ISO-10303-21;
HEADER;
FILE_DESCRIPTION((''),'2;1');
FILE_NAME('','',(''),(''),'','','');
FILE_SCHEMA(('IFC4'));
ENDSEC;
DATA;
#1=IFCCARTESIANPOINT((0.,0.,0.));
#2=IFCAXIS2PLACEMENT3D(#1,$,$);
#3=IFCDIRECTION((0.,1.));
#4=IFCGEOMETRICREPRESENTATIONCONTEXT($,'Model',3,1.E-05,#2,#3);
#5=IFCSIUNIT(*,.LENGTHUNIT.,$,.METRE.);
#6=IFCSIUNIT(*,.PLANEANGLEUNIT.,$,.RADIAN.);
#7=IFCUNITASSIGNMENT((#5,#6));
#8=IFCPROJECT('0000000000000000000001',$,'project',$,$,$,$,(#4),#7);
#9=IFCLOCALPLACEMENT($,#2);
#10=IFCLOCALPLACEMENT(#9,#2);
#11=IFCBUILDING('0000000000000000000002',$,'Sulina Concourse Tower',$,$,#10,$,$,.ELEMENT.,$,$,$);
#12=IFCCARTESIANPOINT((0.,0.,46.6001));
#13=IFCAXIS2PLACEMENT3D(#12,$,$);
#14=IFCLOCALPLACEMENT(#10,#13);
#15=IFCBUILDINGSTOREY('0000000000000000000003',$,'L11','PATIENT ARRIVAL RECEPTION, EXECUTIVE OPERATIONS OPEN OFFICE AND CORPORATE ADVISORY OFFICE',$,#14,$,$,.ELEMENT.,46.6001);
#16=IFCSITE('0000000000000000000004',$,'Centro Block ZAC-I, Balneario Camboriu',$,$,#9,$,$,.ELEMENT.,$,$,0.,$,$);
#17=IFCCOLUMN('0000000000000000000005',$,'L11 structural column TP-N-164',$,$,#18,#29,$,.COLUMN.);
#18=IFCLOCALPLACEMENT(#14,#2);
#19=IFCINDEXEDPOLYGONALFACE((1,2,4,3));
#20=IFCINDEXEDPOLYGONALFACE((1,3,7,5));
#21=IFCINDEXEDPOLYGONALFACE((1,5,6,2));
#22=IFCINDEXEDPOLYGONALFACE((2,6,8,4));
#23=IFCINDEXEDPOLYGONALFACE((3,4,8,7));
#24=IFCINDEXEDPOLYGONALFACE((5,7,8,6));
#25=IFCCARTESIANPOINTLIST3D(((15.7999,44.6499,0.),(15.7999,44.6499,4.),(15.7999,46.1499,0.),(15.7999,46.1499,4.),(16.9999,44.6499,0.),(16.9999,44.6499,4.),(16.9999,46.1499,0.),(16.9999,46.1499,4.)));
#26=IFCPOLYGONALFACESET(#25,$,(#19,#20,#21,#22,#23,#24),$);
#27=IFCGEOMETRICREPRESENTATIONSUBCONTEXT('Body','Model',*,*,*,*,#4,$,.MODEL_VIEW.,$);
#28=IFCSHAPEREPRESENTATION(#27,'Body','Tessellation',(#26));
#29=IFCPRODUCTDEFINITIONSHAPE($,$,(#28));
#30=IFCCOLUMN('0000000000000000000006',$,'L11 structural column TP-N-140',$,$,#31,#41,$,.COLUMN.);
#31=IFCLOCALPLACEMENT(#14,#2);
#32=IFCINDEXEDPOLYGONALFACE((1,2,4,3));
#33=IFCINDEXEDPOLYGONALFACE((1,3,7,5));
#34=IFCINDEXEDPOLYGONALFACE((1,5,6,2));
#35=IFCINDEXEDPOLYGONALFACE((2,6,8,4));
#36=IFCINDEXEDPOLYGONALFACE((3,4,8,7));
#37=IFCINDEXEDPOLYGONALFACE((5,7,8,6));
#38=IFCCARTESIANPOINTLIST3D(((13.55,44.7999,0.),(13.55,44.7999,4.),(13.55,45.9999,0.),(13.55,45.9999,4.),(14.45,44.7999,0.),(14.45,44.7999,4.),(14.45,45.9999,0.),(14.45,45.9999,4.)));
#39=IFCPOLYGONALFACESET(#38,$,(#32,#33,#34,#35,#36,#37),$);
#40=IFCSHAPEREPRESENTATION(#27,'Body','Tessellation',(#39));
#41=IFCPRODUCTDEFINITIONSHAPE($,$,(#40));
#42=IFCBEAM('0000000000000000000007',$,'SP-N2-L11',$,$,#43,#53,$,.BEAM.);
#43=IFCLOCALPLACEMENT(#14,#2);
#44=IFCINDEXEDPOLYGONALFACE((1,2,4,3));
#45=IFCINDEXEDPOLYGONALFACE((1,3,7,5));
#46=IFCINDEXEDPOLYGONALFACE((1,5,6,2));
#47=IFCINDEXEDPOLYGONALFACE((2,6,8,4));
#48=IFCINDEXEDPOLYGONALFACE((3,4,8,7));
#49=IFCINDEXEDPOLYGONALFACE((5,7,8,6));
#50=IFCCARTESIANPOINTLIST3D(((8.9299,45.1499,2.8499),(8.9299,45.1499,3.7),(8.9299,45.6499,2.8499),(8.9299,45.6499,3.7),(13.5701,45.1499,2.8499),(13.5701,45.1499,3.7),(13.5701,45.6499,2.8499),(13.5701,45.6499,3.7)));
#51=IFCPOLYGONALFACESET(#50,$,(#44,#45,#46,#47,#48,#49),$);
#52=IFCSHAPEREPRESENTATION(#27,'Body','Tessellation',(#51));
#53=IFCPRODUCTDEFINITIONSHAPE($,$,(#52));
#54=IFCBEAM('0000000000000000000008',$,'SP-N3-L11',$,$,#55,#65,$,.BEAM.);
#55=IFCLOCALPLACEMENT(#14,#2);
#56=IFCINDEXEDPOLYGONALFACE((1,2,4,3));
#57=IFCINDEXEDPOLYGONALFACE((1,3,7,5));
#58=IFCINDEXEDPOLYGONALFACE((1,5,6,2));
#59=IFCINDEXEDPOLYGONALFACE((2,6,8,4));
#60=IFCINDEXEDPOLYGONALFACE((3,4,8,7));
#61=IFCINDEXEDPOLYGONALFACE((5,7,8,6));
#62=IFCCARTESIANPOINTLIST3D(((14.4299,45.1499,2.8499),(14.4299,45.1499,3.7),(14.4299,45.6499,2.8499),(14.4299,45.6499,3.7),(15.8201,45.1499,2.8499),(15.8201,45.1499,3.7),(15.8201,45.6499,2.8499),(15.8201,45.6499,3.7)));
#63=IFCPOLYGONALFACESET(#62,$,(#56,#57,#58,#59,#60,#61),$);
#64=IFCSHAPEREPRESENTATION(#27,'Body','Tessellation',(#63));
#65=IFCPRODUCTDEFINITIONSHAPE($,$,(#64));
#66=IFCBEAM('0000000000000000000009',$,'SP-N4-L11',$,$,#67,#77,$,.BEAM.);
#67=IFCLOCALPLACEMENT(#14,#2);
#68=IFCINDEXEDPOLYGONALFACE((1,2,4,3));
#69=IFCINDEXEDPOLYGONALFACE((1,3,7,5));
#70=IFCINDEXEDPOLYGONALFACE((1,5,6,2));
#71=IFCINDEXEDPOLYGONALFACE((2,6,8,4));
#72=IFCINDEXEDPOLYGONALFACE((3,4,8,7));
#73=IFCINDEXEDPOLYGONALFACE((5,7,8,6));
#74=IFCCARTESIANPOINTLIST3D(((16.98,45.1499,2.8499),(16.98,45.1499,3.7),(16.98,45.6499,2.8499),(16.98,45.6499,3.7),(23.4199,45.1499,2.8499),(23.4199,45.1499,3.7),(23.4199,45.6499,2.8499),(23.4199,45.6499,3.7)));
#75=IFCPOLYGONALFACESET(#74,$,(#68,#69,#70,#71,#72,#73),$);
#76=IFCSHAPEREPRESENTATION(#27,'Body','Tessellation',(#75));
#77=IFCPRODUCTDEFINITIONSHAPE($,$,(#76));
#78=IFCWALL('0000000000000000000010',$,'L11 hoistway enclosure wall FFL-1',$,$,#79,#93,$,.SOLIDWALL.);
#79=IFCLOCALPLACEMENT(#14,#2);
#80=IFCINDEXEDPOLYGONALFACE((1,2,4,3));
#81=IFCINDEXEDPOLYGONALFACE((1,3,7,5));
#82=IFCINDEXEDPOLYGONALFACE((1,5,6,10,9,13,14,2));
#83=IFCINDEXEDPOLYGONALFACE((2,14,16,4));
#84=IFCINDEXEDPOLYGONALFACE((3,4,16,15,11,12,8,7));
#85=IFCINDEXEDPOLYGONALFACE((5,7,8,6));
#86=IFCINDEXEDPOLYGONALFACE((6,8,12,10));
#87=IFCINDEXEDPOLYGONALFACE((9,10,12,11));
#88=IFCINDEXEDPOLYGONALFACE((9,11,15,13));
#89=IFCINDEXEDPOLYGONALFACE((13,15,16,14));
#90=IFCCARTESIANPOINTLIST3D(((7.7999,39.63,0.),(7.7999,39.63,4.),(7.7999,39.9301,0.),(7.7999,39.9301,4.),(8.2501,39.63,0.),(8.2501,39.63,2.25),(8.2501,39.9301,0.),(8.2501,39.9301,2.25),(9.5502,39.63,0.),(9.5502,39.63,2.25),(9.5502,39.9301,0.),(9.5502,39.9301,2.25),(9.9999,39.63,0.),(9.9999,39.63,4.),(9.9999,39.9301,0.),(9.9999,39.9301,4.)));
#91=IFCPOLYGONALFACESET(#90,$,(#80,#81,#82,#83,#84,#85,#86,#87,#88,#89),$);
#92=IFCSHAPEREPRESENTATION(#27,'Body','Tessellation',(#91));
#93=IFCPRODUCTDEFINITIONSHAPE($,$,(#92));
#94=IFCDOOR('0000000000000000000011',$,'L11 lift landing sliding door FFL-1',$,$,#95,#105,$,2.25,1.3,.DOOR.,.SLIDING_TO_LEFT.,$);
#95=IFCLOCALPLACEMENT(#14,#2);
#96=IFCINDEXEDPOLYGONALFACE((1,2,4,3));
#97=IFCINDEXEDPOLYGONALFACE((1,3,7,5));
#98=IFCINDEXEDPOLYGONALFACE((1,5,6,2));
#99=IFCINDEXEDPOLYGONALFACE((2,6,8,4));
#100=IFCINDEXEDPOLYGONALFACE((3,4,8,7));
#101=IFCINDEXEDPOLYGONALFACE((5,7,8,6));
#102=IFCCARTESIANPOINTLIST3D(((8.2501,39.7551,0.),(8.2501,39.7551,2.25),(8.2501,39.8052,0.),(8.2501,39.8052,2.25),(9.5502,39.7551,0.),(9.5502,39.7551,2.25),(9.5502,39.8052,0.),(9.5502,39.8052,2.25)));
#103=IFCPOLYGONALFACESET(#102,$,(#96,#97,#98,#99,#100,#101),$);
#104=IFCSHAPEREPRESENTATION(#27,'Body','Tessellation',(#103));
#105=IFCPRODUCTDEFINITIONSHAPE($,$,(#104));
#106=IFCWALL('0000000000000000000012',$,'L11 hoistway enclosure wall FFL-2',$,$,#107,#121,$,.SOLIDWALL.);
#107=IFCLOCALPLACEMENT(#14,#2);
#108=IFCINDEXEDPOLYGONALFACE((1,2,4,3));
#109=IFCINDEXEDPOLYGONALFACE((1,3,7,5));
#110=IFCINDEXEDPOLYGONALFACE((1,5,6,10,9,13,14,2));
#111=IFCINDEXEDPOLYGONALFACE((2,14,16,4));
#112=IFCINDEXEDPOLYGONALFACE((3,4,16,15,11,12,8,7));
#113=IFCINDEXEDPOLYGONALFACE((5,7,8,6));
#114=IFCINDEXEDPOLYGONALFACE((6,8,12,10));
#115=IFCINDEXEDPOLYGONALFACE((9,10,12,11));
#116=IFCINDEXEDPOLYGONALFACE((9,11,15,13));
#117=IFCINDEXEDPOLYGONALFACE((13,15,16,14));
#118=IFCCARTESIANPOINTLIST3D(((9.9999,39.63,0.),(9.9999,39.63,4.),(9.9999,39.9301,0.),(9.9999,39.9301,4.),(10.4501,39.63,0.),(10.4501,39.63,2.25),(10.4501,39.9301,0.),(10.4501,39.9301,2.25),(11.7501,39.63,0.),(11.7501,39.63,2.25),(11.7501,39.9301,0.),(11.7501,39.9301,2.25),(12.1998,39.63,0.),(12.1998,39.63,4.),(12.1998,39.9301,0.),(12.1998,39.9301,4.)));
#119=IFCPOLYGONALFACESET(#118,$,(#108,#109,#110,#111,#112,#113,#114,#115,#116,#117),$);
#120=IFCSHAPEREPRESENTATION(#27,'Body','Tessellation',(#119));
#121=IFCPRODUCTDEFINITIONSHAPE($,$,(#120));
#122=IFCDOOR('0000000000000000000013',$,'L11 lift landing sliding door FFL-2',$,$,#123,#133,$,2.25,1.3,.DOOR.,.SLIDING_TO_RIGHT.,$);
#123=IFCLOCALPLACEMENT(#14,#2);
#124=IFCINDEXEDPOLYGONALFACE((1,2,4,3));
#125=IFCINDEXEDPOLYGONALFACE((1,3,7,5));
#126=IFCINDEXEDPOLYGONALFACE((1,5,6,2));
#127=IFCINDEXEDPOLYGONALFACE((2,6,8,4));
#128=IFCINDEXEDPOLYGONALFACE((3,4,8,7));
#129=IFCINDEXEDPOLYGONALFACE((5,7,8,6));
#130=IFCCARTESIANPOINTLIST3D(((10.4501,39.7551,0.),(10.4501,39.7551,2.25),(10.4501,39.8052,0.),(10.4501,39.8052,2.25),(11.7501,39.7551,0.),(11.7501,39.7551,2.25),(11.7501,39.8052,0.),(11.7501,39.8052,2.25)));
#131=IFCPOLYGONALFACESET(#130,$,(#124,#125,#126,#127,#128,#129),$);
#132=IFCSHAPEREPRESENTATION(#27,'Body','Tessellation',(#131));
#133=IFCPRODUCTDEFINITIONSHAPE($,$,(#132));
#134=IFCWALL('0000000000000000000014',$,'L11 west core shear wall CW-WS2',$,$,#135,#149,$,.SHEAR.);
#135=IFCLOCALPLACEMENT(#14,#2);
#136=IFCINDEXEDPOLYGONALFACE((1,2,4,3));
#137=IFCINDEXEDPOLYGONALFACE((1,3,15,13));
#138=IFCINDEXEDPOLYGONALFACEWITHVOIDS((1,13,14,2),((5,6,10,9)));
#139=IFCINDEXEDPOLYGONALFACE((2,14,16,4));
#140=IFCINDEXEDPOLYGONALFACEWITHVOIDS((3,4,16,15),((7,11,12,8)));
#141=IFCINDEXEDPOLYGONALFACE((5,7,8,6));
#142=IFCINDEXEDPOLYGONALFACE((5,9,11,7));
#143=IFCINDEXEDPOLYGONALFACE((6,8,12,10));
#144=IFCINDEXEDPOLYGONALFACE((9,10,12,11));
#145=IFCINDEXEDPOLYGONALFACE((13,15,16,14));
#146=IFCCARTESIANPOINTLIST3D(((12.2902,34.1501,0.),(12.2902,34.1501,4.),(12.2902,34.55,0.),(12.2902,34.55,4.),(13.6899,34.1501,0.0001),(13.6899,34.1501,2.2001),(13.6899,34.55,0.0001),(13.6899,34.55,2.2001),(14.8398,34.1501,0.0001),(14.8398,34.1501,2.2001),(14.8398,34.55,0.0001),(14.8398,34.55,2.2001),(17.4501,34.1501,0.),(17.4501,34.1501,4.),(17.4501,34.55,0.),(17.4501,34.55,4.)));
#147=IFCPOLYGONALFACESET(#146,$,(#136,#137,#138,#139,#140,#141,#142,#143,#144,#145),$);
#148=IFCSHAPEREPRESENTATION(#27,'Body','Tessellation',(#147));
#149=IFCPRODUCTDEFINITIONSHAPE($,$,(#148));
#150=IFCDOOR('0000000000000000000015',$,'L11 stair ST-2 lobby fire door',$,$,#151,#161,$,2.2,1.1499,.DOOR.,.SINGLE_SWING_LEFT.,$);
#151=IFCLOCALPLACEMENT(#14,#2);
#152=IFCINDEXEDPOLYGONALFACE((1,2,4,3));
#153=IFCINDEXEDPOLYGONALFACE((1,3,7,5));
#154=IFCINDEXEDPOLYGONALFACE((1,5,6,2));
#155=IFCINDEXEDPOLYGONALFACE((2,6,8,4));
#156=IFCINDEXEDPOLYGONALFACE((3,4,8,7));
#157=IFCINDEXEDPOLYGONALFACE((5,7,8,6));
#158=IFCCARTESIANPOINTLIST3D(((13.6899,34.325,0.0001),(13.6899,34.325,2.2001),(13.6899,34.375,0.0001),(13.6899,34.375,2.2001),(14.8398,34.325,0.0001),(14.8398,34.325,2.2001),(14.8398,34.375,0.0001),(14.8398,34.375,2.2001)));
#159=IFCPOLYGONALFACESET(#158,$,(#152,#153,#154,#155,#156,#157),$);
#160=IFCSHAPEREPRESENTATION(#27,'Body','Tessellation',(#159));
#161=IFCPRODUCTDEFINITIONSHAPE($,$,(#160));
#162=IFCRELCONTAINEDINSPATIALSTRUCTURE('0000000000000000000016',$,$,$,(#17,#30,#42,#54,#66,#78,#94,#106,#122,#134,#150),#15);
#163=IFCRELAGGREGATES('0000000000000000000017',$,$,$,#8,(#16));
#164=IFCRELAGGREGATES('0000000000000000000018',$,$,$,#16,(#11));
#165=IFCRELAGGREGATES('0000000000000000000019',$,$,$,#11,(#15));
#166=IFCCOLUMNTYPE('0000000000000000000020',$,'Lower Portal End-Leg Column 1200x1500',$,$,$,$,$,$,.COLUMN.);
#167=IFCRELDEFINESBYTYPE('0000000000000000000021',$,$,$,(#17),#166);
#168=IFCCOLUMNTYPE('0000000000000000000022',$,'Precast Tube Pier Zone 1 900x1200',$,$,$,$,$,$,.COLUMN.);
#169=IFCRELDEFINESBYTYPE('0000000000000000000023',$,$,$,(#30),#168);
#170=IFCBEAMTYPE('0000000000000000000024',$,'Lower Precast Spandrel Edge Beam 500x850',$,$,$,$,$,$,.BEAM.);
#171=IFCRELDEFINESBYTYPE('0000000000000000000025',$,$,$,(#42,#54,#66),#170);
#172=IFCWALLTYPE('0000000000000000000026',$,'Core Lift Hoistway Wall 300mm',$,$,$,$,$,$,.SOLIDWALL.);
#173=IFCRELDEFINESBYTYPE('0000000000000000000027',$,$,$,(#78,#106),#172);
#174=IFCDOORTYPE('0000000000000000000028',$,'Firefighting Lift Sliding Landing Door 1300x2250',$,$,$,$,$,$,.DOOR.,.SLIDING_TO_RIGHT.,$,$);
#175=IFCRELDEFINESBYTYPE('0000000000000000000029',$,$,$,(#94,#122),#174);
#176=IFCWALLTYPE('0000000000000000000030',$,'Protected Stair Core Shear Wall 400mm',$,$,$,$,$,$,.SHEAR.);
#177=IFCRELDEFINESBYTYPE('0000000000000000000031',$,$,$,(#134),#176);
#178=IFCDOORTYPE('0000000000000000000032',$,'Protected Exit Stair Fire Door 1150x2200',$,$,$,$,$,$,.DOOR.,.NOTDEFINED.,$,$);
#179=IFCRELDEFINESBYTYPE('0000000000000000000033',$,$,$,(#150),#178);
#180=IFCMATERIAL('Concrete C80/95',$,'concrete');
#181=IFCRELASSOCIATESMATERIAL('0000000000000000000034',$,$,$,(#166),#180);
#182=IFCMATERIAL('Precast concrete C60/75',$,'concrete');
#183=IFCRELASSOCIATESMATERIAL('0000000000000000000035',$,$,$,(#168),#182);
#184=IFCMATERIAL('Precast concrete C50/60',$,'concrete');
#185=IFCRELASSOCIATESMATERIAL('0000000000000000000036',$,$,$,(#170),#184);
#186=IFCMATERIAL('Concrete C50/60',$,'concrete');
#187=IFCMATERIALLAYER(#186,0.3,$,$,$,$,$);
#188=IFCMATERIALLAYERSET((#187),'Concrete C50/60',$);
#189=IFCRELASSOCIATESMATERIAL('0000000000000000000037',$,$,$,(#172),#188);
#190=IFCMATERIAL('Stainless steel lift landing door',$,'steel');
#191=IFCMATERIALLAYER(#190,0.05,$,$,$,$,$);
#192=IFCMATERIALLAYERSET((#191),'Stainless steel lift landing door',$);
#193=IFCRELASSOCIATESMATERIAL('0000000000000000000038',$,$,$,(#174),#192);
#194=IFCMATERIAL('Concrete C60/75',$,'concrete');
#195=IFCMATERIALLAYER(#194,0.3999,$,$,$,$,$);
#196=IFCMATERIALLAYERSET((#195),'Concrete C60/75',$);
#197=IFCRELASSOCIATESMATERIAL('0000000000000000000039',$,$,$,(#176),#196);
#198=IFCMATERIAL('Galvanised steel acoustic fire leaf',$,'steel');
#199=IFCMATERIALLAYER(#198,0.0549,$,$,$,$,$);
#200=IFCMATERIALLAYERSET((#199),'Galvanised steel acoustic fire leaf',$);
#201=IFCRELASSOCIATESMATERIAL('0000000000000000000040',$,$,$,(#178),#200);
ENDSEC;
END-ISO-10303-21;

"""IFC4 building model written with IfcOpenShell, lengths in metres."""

from ifc_helpers import new_model, si_unit, direction, frame, frame_2d, origin, origin_2d, place, context, subcontext, project, spatial, rectangle, extrude, material, layer, layer_set, material_profile, profile_set, type_object, element, fill, save


model = new_model("IFC4")

# Units and contexts
model_context = context("Model", 3, precision=1e-05, world=origin(), true_north=direction((0.0, 1.0)))
body_context = subcontext(model_context, "Body", "Model", "MODEL_VIEW")
ifc_project = project(units=[si_unit("LENGTHUNIT", "METRE"), si_unit("PLANEANGLEUNIT", "RADIAN")], contexts=[model_context])

# Site, building, storey
site_placement = place(None, origin())
site = spatial("IfcSite", under=ifc_project, at=site_placement, Name="Centro Block ZAC-I, Balneario Camboriu", CompositionType="ELEMENT", RefElevation=0.0)
building_placement = place(site_placement, origin())
building = spatial("IfcBuilding", under=site, at=building_placement, Name="Sulina Concourse Tower", CompositionType="ELEMENT")
storey_placement = place(building_placement, frame((0.0, 0.0, 46.6001)))
storey = spatial("IfcBuildingStorey", under=building, at=storey_placement, Name="L11", Description="PATIENT ARRIVAL RECEPTION, EXECUTIVE OPERATIONS OPEN OFFICE AND CORPORATE ADVISORY OFFICE", CompositionType="ELEMENT", Elevation=46.6001)

# Columns
ifc_material_1 = material(Name="Concrete C80/95", Category="concrete")
ifc_material_profile_1 = material_profile(ifc_material_1, rectangle(XDim=1.2, YDim=1.5, at=origin_2d()), Name="RC 1200x1500")
ifc_profile_set_1 = profile_set([ifc_material_profile_1], Name="Concrete C80/95")
column_type_1 = type_object("IfcColumnType", Name="Lower Portal End-Leg Column 1200x1500", PredefinedType="COLUMN", material=ifc_profile_set_1)
column_1_placement = place(storey_placement, frame((16.3999, 45.3999, 0.0), z_axis=(0.0, 0.0, 1.0), x_axis=(1.0, 0.0, 0.0)))
element("IfcColumn", 1, at=column_1_placement, inside=storey, type_object=column_type_1, Name="L11 structural column TP-N-164", PredefinedType="COLUMN", context=body_context, shape_type="SweptSolid", body=[
    extrude(rectangle(XDim=1.2, YDim=1.5, at=origin_2d()), origin(), (0.0, 0.0, 1.0), 4.0),
])
ifc_material_2 = material(Name="Precast concrete C60/75", Category="concrete")
ifc_material_profile_2 = material_profile(ifc_material_2, rectangle(XDim=0.8999, YDim=1.2, at=origin_2d()), Name="PC 900x1200")
ifc_profile_set_2 = profile_set([ifc_material_profile_2], Name="Precast concrete C60/75")
column_type_2 = type_object("IfcColumnType", Name="Precast Tube Pier Zone 1 900x1200", PredefinedType="COLUMN", material=ifc_profile_set_2)
column_2_placement = place(storey_placement, frame((14.0, 45.3999, 0.0), z_axis=(0.0, 0.0, 1.0), x_axis=(1.0, 0.0, 0.0)))
element("IfcColumn", 2, at=column_2_placement, inside=storey, type_object=column_type_2, Name="L11 structural column TP-N-140", PredefinedType="COLUMN", context=body_context, shape_type="SweptSolid", body=[
    extrude(rectangle(XDim=0.8999, YDim=1.2, at=origin_2d()), origin(), (0.0, 0.0, 1.0), 4.0),
])

# Beams
ifc_material_3 = material(Name="Precast concrete C50/60", Category="concrete")
ifc_material_profile_3 = material_profile(ifc_material_3, rectangle(XDim=0.5, YDim=0.8501, at=origin_2d()), Name="RC 500x850")
ifc_profile_set_3 = profile_set([ifc_material_profile_3], Name="Precast concrete C50/60")
beam_type = type_object("IfcBeamType", Name="Lower Precast Spandrel Edge Beam 500x850", PredefinedType="BEAM", material=ifc_profile_set_3)
beam_1_placement = place(storey_placement, frame((8.9299, 45.3999, 3.2749), z_axis=(1.0, 0.0, 0.0), x_axis=(0.0, 1.0, 0.0)))
element("IfcBeam", 3, at=beam_1_placement, inside=storey, type_object=beam_type, Name="SP-N2-L11", PredefinedType="BEAM", context=body_context, shape_type="SweptSolid", body=[
    extrude(rectangle(XDim=0.5, YDim=0.8501, at=origin_2d()), origin(), (0.0, 0.0, 1.0), 4.6401),
])
beam_2_placement = place(storey_placement, frame((14.4299, 45.3999, 3.2749), z_axis=(1.0, 0.0, 0.0), x_axis=(0.0, 1.0, 0.0)))
element("IfcBeam", 4, at=beam_2_placement, inside=storey, type_object=beam_type, Name="SP-N3-L11", PredefinedType="BEAM", context=body_context, shape_type="SweptSolid", body=[
    extrude(rectangle(XDim=0.5, YDim=0.8501, at=origin_2d()), origin(), (0.0, 0.0, 1.0), 1.3901),
])
beam_3_placement = place(storey_placement, frame((16.98, 45.3999, 3.2749), z_axis=(1.0, 0.0, 0.0), x_axis=(0.0, 1.0, 0.0)))
element("IfcBeam", 5, at=beam_3_placement, inside=storey, type_object=beam_type, Name="SP-N4-L11", PredefinedType="BEAM", context=body_context, shape_type="SweptSolid", body=[
    extrude(rectangle(XDim=0.5, YDim=0.8501, at=origin_2d()), origin(), (0.0, 0.0, 1.0), 6.4399),
])

# Walls, openings, doors
ifc_material_4 = material(Name="Concrete C50/60", Category="concrete")
ifc_layer_1 = layer(ifc_material_4, 0.3)
ifc_layer_set_1 = layer_set([ifc_layer_1], Name="Concrete C50/60")
wall_type_1 = type_object("IfcWallType", Name="Core Lift Hoistway Wall 300mm", PredefinedType="SOLIDWALL", material=ifc_layer_set_1)
wall_1_placement = place(storey_placement, frame((10.0, 39.78, 0.0), z_axis=(0.0, 0.0, 1.0), x_axis=(-1.0, 0.0, 0.0)))
wall_1 = element("IfcWall", 6, at=wall_1_placement, inside=storey, type_object=wall_type_1, Name="L11 hoistway enclosure wall FFL-1", PredefinedType="SOLIDWALL", context=body_context, shape_type="SweptSolid", body=[
    extrude(rectangle(XDim=2.2, YDim=0.3, at=frame_2d((1.1001, 0.0))), origin(), (0.0, 0.0, 1.0), 4.0),
])
opening_1_placement = place(wall_1_placement, frame((0.45, 0.0, 0.0)))
opening_1 = element("IfcOpeningElement", 7, at=opening_1_placement, cuts=wall_1, PredefinedType="OPENING", context=body_context, shape_type="SweptSolid", body=[
    extrude(rectangle(XDim=1.3, YDim=2.25, at=frame_2d((0.6499, 1.125))), frame((0.0, 0.1599, 0.0), z_axis=(0.0, -1.0, 0.0), x_axis=(1.0, 0.0, 0.0)), (0.0, 0.0, 1.0), 0.3201),
])
ifc_material_5 = material(Name="Stainless steel lift landing door", Category="steel")
ifc_layer_2 = layer(ifc_material_5, 0.05)
ifc_layer_set_2 = layer_set([ifc_layer_2], Name="Stainless steel lift landing door")
door_type_1 = type_object("IfcDoorType", Name="Firefighting Lift Sliding Landing Door 1300x2250", OperationType="SLIDING_TO_RIGHT", PredefinedType="DOOR", material=ifc_layer_set_2)
door_1_placement = place(opening_1_placement, origin())
door_1 = element("IfcDoor", 8, at=door_1_placement, inside=storey, type_object=door_type_1, Name="L11 lift landing sliding door FFL-1", OperationType="SLIDING_TO_LEFT", OverallHeight=2.25, OverallWidth=1.3, PredefinedType="DOOR", context=body_context, shape_type="SweptSolid", body=[
    extrude(rectangle(XDim=1.3, YDim=2.25, at=frame_2d((0.6499, 1.125))), frame((0.0, 0.0249, 0.0), z_axis=(0.0, -1.0, 0.0), x_axis=(1.0, 0.0, 0.0)), (0.0, 0.0, 1.0), 0.05),
])
fill(opening_1, door_1)
wall_2_placement = place(storey_placement, frame((12.2, 39.78, 0.0), z_axis=(0.0, 0.0, 1.0), x_axis=(-1.0, 0.0, 0.0)))
wall_2 = element("IfcWall", 9, at=wall_2_placement, inside=storey, type_object=wall_type_1, Name="L11 hoistway enclosure wall FFL-2", PredefinedType="SOLIDWALL", context=body_context, shape_type="SweptSolid", body=[
    extrude(rectangle(XDim=2.2, YDim=0.3, at=frame_2d((1.1001, 0.0))), origin(), (0.0, 0.0, 1.0), 4.0),
])
opening_2_placement = place(wall_2_placement, frame((0.45, 0.0, 0.0)))
opening_2 = element("IfcOpeningElement", 10, at=opening_2_placement, cuts=wall_2, PredefinedType="OPENING", context=body_context, shape_type="SweptSolid", body=[
    extrude(rectangle(XDim=1.3, YDim=2.25, at=frame_2d((0.6499, 1.125))), frame((0.0, 0.1599, 0.0), z_axis=(0.0, -1.0, 0.0), x_axis=(1.0, 0.0, 0.0)), (0.0, 0.0, 1.0), 0.3201),
])
door_2_placement = place(opening_2_placement, origin())
door_2 = element("IfcDoor", 11, at=door_2_placement, inside=storey, type_object=door_type_1, Name="L11 lift landing sliding door FFL-2", OperationType="SLIDING_TO_RIGHT", OverallHeight=2.25, OverallWidth=1.3, PredefinedType="DOOR", context=body_context, shape_type="SweptSolid", body=[
    extrude(rectangle(XDim=1.3, YDim=2.25, at=frame_2d((0.6499, 1.125))), frame((0.0, 0.0249, 0.0), z_axis=(0.0, -1.0, 0.0), x_axis=(1.0, 0.0, 0.0)), (0.0, 0.0, 1.0), 0.05),
])
fill(opening_2, door_2)
ifc_material_6 = material(Name="Concrete C60/75", Category="concrete")
ifc_layer_3 = layer(ifc_material_6, 0.3999)
ifc_layer_set_3 = layer_set([ifc_layer_3], Name="Concrete C60/75")
wall_type_2 = type_object("IfcWallType", Name="Protected Stair Core Shear Wall 400mm", PredefinedType="SHEAR", material=ifc_layer_set_3)
wall_3_placement = place(storey_placement, frame((12.29, 34.3501, 0.0), z_axis=(0.0, 0.0, 1.0), x_axis=(1.0, 0.0, 0.0)))
wall_3 = element("IfcWall", 12, at=wall_3_placement, inside=storey, type_object=wall_type_2, Name="L11 west core shear wall CW-WS2", PredefinedType="SHEAR", context=body_context, shape_type="SweptSolid", body=[
    extrude(rectangle(XDim=5.1599, YDim=0.3999, at=frame_2d((2.5801, 0.0))), origin(), (0.0, 0.0, 1.0), 4.0),
])
opening_3_placement = place(wall_3_placement, frame((1.3999, 0.0, 0.0)))
opening_3 = element("IfcOpeningElement", 13, at=opening_3_placement, cuts=wall_3, PredefinedType="OPENING", context=body_context, shape_type="SweptSolid", body=[
    extrude(rectangle(XDim=1.1499, YDim=2.2, at=frame_2d((0.575, 1.1001))), frame((0.0, 0.21, 0.0), z_axis=(0.0, -1.0, 0.0), x_axis=(1.0, 0.0, 0.0)), (0.0, 0.0, 1.0), 0.4199),
])
ifc_material_7 = material(Name="Galvanised steel acoustic fire leaf", Category="steel")
ifc_layer_4 = layer(ifc_material_7, 0.0549)
ifc_layer_set_4 = layer_set([ifc_layer_4], Name="Galvanised steel acoustic fire leaf")
door_type_2 = type_object("IfcDoorType", Name="Protected Exit Stair Fire Door 1150x2200", OperationType="NOTDEFINED", PredefinedType="DOOR", material=ifc_layer_set_4)
door_3_placement = place(opening_3_placement, origin())
door_3 = element("IfcDoor", 14, at=door_3_placement, inside=storey, type_object=door_type_2, Name="L11 stair ST-2 lobby fire door", OperationType="SINGLE_SWING_LEFT", OverallHeight=2.2, OverallWidth=1.1499, PredefinedType="DOOR", context=body_context, shape_type="SweptSolid", body=[
    extrude(rectangle(XDim=1.1499, YDim=2.2, at=frame_2d((0.575, 1.1001))), frame((0.0, 0.0249, 0.0), z_axis=(0.0, -1.0, 0.0), x_axis=(1.0, 0.0, 0.0)), (0.0, 0.0, 1.0), 0.05),
])
fill(opening_3, door_3)

save(model, "model.ifc")
